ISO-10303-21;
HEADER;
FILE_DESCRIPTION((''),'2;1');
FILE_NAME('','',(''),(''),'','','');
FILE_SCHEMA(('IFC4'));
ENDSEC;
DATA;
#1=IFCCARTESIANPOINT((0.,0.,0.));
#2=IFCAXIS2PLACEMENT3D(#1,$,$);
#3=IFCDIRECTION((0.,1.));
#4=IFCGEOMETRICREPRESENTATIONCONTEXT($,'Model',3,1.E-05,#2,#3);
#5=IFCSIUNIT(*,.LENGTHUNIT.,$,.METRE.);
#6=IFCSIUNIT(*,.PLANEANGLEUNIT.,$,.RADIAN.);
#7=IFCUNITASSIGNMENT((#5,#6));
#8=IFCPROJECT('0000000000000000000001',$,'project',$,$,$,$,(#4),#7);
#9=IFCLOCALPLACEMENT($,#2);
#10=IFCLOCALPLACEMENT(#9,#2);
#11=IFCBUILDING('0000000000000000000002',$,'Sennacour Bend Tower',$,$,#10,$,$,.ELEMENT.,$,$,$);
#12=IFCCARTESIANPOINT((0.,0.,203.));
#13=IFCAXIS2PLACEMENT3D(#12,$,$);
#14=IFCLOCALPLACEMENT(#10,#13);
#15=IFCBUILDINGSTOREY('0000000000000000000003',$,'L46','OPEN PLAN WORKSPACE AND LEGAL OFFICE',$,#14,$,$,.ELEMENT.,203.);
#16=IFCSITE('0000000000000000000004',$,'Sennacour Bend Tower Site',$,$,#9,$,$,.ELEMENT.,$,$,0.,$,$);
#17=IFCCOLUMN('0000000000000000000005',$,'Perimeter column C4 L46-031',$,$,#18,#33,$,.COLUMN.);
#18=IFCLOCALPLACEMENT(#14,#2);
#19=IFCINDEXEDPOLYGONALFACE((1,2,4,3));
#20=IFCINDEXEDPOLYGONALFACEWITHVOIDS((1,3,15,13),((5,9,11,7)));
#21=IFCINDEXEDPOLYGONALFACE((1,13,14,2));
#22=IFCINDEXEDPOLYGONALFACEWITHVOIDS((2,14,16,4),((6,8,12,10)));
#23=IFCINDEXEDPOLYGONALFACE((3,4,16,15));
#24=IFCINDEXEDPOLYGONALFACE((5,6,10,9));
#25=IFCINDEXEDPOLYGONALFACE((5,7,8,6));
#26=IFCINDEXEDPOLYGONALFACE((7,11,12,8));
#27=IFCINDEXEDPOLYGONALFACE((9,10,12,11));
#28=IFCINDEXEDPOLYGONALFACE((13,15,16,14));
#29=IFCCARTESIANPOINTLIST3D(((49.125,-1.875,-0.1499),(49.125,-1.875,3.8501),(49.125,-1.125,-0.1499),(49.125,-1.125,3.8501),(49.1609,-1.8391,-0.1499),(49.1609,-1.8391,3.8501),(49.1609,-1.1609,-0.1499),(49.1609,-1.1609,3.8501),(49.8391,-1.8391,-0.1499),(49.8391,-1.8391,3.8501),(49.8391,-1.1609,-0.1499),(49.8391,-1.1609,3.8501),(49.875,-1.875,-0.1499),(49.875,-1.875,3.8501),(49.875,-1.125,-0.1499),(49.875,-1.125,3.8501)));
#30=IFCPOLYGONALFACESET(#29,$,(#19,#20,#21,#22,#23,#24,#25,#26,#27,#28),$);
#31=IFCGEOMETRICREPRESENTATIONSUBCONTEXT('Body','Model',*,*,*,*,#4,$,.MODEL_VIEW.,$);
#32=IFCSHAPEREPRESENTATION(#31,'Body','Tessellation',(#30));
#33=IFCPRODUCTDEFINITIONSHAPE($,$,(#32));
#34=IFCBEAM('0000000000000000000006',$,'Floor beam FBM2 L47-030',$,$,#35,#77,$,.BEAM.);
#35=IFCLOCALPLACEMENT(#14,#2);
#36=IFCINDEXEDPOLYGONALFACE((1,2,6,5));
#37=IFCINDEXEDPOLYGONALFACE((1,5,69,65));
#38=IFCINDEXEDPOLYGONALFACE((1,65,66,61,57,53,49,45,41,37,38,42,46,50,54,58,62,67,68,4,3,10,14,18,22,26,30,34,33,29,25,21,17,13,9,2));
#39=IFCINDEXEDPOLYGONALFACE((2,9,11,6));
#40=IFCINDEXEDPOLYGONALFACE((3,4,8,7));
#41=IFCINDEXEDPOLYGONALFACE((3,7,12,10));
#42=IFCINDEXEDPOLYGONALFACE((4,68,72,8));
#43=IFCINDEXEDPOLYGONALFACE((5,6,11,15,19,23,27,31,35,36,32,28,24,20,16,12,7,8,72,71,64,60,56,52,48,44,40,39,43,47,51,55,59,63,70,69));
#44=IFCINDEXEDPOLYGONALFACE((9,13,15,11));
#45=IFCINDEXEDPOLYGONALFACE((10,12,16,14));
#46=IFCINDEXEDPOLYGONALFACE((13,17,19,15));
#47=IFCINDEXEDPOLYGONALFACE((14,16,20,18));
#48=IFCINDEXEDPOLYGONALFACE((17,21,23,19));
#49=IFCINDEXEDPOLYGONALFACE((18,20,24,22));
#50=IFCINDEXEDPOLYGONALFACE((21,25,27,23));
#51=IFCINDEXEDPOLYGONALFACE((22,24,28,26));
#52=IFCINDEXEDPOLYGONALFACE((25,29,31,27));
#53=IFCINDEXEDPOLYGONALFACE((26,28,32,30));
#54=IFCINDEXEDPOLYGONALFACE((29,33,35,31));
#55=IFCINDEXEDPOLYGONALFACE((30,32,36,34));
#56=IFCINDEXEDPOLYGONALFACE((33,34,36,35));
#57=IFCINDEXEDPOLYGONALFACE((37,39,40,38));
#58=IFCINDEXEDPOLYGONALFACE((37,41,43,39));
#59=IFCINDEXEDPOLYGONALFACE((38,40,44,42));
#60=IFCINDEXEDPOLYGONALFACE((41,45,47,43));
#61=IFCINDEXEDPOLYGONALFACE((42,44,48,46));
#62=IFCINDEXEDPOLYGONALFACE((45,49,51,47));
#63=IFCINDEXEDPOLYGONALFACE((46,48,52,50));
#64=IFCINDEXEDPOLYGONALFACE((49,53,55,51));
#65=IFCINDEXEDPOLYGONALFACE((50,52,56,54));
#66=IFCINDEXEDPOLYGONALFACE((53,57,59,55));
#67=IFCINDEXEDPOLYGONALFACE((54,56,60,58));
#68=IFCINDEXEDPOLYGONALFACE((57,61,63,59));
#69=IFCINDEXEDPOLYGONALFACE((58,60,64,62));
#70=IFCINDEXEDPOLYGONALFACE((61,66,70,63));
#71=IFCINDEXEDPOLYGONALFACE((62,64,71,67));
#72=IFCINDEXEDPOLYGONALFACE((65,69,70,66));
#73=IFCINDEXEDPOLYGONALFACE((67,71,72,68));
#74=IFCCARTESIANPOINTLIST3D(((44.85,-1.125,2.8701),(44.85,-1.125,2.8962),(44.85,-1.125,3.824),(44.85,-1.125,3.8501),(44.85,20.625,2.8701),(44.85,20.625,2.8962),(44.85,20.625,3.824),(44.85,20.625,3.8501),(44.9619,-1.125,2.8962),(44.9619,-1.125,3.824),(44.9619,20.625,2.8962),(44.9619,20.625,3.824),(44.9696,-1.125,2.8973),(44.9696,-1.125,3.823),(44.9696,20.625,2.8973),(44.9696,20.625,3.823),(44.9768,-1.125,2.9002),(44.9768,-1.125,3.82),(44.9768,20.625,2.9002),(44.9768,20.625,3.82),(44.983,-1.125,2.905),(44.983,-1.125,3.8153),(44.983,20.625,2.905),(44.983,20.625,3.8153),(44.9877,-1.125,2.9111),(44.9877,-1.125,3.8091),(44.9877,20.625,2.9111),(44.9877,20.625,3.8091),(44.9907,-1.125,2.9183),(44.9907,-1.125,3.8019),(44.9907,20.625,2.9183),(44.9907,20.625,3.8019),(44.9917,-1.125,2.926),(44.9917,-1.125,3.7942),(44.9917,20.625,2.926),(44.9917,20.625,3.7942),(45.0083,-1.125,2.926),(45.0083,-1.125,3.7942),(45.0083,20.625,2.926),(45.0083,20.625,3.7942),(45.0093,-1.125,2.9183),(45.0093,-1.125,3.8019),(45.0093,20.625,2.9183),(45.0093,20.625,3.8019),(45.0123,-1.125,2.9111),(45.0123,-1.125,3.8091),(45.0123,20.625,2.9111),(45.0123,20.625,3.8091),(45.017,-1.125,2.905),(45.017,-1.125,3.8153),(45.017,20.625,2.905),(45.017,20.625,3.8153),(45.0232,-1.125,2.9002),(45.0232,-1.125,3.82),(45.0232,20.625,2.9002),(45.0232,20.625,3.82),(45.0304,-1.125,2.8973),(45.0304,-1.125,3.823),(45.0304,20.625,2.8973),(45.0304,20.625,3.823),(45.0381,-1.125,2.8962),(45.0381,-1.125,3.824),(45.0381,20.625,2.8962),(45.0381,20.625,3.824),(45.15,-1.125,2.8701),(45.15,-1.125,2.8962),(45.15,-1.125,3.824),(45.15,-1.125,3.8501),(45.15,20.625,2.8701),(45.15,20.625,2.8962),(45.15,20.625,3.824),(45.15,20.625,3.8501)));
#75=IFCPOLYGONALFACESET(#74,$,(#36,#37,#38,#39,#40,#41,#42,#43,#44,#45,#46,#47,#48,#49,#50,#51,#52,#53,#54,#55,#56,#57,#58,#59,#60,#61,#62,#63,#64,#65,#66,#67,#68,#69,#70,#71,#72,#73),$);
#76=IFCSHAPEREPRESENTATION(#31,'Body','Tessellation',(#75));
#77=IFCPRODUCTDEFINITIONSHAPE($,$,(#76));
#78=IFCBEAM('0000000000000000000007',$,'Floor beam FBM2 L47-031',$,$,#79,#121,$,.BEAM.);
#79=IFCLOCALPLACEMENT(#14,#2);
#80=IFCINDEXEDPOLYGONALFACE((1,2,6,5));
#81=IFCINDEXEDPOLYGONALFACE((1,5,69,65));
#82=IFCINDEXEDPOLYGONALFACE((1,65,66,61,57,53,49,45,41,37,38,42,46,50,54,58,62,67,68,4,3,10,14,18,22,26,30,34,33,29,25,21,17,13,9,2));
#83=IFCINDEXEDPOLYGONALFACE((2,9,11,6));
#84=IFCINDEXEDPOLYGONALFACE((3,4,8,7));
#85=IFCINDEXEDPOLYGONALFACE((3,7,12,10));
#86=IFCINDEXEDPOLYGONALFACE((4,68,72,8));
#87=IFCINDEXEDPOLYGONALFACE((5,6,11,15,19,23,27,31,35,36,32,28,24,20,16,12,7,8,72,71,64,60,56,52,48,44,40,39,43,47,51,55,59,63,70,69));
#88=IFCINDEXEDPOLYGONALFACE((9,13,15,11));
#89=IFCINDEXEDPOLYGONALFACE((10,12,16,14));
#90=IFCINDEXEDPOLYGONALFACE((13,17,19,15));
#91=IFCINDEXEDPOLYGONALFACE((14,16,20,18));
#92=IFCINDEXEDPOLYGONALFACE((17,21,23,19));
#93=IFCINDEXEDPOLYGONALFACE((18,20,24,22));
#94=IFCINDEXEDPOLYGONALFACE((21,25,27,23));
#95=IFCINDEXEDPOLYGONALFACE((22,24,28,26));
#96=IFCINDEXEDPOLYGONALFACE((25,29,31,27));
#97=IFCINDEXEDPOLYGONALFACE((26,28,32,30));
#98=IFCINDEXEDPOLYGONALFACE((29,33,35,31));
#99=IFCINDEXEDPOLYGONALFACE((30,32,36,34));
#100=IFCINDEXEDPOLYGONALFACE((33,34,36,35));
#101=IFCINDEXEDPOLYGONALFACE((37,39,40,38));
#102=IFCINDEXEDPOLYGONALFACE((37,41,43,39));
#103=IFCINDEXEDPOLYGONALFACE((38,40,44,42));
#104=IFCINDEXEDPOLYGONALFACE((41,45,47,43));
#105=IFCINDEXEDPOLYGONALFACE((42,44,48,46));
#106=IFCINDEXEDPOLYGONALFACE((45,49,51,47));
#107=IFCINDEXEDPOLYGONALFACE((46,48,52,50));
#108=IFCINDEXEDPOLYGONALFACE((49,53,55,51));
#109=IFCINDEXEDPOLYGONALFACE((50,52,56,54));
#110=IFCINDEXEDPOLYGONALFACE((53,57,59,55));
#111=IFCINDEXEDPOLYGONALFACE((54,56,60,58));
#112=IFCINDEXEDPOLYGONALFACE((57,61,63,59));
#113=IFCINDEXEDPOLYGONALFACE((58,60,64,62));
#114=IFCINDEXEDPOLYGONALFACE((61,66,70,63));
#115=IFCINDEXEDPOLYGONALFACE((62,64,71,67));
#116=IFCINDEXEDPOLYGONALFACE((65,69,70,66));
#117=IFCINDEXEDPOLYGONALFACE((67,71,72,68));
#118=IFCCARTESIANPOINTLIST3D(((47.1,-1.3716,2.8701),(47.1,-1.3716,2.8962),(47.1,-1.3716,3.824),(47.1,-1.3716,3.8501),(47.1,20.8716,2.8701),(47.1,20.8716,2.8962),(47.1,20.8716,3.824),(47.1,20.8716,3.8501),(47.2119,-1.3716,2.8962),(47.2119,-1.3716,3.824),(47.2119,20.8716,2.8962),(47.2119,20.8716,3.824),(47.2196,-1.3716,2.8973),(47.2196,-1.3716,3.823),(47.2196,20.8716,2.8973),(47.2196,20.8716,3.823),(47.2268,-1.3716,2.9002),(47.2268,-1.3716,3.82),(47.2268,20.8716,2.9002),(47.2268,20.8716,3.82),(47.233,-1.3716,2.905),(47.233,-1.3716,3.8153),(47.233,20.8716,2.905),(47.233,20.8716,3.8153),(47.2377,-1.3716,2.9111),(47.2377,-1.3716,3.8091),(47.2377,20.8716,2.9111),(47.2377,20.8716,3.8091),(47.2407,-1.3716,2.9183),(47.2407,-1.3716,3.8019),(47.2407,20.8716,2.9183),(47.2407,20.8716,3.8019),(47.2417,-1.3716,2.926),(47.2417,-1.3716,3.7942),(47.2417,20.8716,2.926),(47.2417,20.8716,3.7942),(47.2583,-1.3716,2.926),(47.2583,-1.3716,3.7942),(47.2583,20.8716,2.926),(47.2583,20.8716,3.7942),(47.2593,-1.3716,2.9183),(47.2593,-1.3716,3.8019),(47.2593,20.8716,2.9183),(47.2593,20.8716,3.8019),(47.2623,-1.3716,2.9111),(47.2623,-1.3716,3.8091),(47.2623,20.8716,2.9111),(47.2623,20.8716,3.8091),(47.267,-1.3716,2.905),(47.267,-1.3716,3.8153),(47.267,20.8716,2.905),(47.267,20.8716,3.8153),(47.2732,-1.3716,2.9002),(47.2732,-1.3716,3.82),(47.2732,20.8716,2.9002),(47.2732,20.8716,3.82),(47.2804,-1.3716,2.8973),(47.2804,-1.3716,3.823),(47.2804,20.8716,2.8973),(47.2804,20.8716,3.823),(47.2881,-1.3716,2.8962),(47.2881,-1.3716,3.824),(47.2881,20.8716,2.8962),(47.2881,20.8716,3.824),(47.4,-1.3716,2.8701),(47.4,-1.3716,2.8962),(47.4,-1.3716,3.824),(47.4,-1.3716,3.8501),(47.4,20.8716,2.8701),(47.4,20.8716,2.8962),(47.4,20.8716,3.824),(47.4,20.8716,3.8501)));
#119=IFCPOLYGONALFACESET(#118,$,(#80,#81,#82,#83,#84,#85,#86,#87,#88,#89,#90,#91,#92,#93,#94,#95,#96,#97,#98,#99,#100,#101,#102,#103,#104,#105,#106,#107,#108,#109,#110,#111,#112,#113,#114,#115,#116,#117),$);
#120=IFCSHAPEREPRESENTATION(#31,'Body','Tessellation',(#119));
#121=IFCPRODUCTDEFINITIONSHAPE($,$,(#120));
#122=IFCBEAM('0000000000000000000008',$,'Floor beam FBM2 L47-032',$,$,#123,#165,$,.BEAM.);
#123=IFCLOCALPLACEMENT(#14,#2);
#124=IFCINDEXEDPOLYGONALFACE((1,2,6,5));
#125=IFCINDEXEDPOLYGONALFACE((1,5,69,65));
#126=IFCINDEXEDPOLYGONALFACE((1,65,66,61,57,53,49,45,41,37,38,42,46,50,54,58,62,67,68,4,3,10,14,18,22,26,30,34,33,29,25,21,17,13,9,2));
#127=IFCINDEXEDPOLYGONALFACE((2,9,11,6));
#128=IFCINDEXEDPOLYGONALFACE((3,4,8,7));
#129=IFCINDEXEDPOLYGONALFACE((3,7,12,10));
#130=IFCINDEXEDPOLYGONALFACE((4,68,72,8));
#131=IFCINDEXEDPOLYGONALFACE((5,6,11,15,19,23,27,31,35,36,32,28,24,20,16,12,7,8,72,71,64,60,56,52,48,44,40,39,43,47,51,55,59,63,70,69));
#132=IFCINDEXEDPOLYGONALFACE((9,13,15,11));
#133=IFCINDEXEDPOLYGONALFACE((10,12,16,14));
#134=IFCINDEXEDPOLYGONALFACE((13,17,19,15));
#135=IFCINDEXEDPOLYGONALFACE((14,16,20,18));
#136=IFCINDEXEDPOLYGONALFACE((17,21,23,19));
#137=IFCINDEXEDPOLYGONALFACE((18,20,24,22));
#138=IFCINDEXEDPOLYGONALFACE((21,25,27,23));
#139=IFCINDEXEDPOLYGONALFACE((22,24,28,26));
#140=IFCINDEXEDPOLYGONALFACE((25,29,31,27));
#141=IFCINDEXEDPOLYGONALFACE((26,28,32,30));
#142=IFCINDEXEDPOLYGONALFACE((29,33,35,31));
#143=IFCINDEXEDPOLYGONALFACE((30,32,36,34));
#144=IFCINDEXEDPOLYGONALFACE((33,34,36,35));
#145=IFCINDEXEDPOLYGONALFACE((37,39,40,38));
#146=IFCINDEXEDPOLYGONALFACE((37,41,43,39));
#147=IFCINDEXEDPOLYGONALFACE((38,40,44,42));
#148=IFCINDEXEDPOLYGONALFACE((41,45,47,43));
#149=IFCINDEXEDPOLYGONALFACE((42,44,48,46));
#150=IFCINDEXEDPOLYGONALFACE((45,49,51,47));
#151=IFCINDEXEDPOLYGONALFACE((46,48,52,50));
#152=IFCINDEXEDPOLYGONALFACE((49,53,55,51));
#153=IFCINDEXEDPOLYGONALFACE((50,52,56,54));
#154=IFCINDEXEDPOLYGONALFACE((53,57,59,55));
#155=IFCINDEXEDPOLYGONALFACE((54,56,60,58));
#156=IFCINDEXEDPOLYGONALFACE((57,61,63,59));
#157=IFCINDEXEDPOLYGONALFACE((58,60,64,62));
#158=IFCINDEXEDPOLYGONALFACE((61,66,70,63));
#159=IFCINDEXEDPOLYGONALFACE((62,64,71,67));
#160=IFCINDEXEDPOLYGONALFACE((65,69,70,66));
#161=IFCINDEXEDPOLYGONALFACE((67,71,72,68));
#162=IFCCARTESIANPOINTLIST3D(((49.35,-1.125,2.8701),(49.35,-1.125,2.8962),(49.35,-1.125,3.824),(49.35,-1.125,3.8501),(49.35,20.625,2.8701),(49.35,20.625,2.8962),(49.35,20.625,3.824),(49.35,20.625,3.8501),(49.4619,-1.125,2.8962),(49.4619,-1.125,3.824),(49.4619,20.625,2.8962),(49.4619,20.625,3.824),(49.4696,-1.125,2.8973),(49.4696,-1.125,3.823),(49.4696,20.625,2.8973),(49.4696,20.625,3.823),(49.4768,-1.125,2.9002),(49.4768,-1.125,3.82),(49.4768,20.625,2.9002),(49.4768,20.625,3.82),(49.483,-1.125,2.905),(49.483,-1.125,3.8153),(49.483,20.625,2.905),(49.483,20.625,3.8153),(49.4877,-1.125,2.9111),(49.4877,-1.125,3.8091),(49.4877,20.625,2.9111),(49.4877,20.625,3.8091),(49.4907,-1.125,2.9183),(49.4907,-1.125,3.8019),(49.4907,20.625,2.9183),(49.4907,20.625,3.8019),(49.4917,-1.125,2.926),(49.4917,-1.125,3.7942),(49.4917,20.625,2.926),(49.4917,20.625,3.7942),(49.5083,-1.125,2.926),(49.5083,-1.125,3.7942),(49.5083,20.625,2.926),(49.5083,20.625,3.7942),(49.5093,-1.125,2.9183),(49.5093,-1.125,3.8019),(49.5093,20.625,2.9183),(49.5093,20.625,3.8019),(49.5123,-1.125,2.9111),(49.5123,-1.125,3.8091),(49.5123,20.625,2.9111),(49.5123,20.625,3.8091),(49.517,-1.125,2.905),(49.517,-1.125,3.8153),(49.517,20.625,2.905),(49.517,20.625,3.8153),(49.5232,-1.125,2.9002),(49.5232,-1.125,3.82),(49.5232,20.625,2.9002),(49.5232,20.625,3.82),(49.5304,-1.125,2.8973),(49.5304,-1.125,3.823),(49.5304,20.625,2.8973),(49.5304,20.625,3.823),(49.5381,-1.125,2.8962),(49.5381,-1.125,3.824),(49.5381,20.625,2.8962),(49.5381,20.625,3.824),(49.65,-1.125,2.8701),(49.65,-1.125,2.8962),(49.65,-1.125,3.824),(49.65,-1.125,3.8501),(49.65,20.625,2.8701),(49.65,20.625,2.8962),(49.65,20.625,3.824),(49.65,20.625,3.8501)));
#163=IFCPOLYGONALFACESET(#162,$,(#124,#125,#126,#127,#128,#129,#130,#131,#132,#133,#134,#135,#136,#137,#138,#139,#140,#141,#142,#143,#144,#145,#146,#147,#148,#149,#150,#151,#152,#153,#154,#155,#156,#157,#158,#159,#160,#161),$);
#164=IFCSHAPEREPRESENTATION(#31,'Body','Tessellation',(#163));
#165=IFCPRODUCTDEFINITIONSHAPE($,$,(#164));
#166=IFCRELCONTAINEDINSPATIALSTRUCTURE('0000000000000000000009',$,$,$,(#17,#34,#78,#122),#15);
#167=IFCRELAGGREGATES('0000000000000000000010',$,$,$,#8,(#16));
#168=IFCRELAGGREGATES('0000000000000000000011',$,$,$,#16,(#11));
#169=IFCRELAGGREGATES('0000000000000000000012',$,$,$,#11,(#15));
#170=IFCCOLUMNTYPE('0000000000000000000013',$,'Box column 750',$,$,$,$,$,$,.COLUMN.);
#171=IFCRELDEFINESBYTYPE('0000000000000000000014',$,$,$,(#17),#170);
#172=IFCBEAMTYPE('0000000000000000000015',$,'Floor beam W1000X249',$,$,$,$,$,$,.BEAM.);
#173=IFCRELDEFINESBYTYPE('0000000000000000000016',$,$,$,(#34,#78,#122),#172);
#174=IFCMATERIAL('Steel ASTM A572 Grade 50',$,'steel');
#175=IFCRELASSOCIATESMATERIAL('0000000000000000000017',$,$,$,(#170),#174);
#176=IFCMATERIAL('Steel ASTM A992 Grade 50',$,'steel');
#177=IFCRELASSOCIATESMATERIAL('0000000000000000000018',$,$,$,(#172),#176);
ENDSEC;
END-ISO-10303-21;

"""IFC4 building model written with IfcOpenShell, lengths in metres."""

from ifc_helpers import new_model, si_unit, direction, frame, origin, origin_2d, place, context, subcontext, project, spatial, hollow_rectangle, i_section, extrude, material, material_profile, profile_set, type_object, element, save


model = new_model("IFC4")

# Units and contexts
model_context = context("Model", 3, precision=1e-05, world=origin(), true_north=direction((0.0, 1.0)))
body_context = subcontext(model_context, "Body", "Model", "MODEL_VIEW")
ifc_project = project(units=[si_unit("LENGTHUNIT", "METRE"), si_unit("PLANEANGLEUNIT", "RADIAN")], contexts=[model_context])

# Site, building, storey
site_placement = place(None, origin())
site = spatial("IfcSite", under=ifc_project, at=site_placement, Name="Sennacour Bend Tower Site", CompositionType="ELEMENT", RefElevation=0.0)
building_placement = place(site_placement, origin())
building = spatial("IfcBuilding", under=site, at=building_placement, Name="Sennacour Bend Tower", CompositionType="ELEMENT")
storey_placement = place(building_placement, frame((0.0, 0.0, 203.0)))
storey = spatial("IfcBuildingStorey", under=building, at=storey_placement, Name="L46", Description="OPEN PLAN WORKSPACE AND LEGAL OFFICE", CompositionType="ELEMENT", Elevation=203.0)

# Column
ifc_material_1 = material(Name="Steel ASTM A572 Grade 50", Category="steel")
ifc_material_profile_1 = material_profile(ifc_material_1, hollow_rectangle(XDim=0.75, YDim=0.75, WallThickness=0.0359, at=origin_2d()), Name="Steel ASTM A572 Grade 50", Category="steel")
ifc_profile_set_1 = profile_set([ifc_material_profile_1], Name="Steel ASTM A572 Grade 50")
column_type = type_object("IfcColumnType", Name="Box column 750", PredefinedType="COLUMN", material=ifc_profile_set_1)
column_placement = place(storey_placement, frame((49.5, -1.5, -0.1499), z_axis=(0.0, 0.0, 1.0), x_axis=(1.0, 0.0, 0.0)))
element("IfcColumn", 1, at=column_placement, inside=storey, type_object=column_type, Name="Perimeter column C4 L46-031", PredefinedType="COLUMN", context=body_context, shape_type="SweptSolid", body=[
    extrude(hollow_rectangle(XDim=0.75, YDim=0.75, WallThickness=0.0359, at=origin_2d()), origin(), (0.0, 0.0, 1.0), 4.0),
])

# Beams
ifc_material_2 = material(Name="Steel ASTM A992 Grade 50", Category="steel")
ifc_material_profile_2 = material_profile(ifc_material_2, i_section(OverallWidth=0.3, OverallDepth=0.98, WebThickness=0.0166, FlangeThickness=0.0261, FilletRadius=0.0298, at=origin_2d()), Name="Steel ASTM A992 Grade 50", Category="steel")
ifc_profile_set_2 = profile_set([ifc_material_profile_2], Name="Steel ASTM A992 Grade 50")
beam_type_1 = type_object("IfcBeamType", Name="Floor beam W1000X249", PredefinedType="BEAM", material=ifc_profile_set_2)
beam_1_placement = place(storey_placement, frame((45.0, -1.125, 3.3601), z_axis=(0.0, 1.0, 0.0), x_axis=(-1.0, 0.0, 0.0)))
element("IfcBeam", 2, at=beam_1_placement, inside=storey, type_object=beam_type_1, Name="Floor beam FBM2 L47-030", PredefinedType="BEAM", context=body_context, shape_type="SweptSolid", body=[
    extrude(i_section(OverallWidth=0.3, OverallDepth=0.98, WebThickness=0.0166, FlangeThickness=0.0261, FilletRadius=0.0298, at=origin_2d()), origin(), (0.0, 0.0, 1.0), 21.75),
])
beam_2_placement = place(storey_placement, frame((47.25, -1.3716, 3.3601), z_axis=(0.0, 1.0, 0.0), x_axis=(-1.0, 0.0, 0.0)))
element("IfcBeam", 3, at=beam_2_placement, inside=storey, type_object=beam_type_1, Name="Floor beam FBM2 L47-031", PredefinedType="BEAM", context=body_context, shape_type="SweptSolid", body=[
    extrude(i_section(OverallWidth=0.3, OverallDepth=0.98, WebThickness=0.0166, FlangeThickness=0.0261, FilletRadius=0.0298, at=origin_2d()), origin(), (0.0, 0.0, 1.0), 22.2432),
])
beam_3_placement = place(storey_placement, frame((49.5, -1.125, 3.3601), z_axis=(0.0, 1.0, 0.0), x_axis=(-1.0, 0.0, 0.0)))
element("IfcBeam", 4, at=beam_3_placement, inside=storey, type_object=beam_type_1, Name="Floor beam FBM2 L47-032", PredefinedType="BEAM", context=body_context, shape_type="SweptSolid", body=[
    extrude(i_section(OverallWidth=0.3, OverallDepth=0.98, WebThickness=0.0166, FlangeThickness=0.0261, FilletRadius=0.0298, at=origin_2d()), origin(), (0.0, 0.0, 1.0), 21.75),
])

save(model, "model.ifc")
